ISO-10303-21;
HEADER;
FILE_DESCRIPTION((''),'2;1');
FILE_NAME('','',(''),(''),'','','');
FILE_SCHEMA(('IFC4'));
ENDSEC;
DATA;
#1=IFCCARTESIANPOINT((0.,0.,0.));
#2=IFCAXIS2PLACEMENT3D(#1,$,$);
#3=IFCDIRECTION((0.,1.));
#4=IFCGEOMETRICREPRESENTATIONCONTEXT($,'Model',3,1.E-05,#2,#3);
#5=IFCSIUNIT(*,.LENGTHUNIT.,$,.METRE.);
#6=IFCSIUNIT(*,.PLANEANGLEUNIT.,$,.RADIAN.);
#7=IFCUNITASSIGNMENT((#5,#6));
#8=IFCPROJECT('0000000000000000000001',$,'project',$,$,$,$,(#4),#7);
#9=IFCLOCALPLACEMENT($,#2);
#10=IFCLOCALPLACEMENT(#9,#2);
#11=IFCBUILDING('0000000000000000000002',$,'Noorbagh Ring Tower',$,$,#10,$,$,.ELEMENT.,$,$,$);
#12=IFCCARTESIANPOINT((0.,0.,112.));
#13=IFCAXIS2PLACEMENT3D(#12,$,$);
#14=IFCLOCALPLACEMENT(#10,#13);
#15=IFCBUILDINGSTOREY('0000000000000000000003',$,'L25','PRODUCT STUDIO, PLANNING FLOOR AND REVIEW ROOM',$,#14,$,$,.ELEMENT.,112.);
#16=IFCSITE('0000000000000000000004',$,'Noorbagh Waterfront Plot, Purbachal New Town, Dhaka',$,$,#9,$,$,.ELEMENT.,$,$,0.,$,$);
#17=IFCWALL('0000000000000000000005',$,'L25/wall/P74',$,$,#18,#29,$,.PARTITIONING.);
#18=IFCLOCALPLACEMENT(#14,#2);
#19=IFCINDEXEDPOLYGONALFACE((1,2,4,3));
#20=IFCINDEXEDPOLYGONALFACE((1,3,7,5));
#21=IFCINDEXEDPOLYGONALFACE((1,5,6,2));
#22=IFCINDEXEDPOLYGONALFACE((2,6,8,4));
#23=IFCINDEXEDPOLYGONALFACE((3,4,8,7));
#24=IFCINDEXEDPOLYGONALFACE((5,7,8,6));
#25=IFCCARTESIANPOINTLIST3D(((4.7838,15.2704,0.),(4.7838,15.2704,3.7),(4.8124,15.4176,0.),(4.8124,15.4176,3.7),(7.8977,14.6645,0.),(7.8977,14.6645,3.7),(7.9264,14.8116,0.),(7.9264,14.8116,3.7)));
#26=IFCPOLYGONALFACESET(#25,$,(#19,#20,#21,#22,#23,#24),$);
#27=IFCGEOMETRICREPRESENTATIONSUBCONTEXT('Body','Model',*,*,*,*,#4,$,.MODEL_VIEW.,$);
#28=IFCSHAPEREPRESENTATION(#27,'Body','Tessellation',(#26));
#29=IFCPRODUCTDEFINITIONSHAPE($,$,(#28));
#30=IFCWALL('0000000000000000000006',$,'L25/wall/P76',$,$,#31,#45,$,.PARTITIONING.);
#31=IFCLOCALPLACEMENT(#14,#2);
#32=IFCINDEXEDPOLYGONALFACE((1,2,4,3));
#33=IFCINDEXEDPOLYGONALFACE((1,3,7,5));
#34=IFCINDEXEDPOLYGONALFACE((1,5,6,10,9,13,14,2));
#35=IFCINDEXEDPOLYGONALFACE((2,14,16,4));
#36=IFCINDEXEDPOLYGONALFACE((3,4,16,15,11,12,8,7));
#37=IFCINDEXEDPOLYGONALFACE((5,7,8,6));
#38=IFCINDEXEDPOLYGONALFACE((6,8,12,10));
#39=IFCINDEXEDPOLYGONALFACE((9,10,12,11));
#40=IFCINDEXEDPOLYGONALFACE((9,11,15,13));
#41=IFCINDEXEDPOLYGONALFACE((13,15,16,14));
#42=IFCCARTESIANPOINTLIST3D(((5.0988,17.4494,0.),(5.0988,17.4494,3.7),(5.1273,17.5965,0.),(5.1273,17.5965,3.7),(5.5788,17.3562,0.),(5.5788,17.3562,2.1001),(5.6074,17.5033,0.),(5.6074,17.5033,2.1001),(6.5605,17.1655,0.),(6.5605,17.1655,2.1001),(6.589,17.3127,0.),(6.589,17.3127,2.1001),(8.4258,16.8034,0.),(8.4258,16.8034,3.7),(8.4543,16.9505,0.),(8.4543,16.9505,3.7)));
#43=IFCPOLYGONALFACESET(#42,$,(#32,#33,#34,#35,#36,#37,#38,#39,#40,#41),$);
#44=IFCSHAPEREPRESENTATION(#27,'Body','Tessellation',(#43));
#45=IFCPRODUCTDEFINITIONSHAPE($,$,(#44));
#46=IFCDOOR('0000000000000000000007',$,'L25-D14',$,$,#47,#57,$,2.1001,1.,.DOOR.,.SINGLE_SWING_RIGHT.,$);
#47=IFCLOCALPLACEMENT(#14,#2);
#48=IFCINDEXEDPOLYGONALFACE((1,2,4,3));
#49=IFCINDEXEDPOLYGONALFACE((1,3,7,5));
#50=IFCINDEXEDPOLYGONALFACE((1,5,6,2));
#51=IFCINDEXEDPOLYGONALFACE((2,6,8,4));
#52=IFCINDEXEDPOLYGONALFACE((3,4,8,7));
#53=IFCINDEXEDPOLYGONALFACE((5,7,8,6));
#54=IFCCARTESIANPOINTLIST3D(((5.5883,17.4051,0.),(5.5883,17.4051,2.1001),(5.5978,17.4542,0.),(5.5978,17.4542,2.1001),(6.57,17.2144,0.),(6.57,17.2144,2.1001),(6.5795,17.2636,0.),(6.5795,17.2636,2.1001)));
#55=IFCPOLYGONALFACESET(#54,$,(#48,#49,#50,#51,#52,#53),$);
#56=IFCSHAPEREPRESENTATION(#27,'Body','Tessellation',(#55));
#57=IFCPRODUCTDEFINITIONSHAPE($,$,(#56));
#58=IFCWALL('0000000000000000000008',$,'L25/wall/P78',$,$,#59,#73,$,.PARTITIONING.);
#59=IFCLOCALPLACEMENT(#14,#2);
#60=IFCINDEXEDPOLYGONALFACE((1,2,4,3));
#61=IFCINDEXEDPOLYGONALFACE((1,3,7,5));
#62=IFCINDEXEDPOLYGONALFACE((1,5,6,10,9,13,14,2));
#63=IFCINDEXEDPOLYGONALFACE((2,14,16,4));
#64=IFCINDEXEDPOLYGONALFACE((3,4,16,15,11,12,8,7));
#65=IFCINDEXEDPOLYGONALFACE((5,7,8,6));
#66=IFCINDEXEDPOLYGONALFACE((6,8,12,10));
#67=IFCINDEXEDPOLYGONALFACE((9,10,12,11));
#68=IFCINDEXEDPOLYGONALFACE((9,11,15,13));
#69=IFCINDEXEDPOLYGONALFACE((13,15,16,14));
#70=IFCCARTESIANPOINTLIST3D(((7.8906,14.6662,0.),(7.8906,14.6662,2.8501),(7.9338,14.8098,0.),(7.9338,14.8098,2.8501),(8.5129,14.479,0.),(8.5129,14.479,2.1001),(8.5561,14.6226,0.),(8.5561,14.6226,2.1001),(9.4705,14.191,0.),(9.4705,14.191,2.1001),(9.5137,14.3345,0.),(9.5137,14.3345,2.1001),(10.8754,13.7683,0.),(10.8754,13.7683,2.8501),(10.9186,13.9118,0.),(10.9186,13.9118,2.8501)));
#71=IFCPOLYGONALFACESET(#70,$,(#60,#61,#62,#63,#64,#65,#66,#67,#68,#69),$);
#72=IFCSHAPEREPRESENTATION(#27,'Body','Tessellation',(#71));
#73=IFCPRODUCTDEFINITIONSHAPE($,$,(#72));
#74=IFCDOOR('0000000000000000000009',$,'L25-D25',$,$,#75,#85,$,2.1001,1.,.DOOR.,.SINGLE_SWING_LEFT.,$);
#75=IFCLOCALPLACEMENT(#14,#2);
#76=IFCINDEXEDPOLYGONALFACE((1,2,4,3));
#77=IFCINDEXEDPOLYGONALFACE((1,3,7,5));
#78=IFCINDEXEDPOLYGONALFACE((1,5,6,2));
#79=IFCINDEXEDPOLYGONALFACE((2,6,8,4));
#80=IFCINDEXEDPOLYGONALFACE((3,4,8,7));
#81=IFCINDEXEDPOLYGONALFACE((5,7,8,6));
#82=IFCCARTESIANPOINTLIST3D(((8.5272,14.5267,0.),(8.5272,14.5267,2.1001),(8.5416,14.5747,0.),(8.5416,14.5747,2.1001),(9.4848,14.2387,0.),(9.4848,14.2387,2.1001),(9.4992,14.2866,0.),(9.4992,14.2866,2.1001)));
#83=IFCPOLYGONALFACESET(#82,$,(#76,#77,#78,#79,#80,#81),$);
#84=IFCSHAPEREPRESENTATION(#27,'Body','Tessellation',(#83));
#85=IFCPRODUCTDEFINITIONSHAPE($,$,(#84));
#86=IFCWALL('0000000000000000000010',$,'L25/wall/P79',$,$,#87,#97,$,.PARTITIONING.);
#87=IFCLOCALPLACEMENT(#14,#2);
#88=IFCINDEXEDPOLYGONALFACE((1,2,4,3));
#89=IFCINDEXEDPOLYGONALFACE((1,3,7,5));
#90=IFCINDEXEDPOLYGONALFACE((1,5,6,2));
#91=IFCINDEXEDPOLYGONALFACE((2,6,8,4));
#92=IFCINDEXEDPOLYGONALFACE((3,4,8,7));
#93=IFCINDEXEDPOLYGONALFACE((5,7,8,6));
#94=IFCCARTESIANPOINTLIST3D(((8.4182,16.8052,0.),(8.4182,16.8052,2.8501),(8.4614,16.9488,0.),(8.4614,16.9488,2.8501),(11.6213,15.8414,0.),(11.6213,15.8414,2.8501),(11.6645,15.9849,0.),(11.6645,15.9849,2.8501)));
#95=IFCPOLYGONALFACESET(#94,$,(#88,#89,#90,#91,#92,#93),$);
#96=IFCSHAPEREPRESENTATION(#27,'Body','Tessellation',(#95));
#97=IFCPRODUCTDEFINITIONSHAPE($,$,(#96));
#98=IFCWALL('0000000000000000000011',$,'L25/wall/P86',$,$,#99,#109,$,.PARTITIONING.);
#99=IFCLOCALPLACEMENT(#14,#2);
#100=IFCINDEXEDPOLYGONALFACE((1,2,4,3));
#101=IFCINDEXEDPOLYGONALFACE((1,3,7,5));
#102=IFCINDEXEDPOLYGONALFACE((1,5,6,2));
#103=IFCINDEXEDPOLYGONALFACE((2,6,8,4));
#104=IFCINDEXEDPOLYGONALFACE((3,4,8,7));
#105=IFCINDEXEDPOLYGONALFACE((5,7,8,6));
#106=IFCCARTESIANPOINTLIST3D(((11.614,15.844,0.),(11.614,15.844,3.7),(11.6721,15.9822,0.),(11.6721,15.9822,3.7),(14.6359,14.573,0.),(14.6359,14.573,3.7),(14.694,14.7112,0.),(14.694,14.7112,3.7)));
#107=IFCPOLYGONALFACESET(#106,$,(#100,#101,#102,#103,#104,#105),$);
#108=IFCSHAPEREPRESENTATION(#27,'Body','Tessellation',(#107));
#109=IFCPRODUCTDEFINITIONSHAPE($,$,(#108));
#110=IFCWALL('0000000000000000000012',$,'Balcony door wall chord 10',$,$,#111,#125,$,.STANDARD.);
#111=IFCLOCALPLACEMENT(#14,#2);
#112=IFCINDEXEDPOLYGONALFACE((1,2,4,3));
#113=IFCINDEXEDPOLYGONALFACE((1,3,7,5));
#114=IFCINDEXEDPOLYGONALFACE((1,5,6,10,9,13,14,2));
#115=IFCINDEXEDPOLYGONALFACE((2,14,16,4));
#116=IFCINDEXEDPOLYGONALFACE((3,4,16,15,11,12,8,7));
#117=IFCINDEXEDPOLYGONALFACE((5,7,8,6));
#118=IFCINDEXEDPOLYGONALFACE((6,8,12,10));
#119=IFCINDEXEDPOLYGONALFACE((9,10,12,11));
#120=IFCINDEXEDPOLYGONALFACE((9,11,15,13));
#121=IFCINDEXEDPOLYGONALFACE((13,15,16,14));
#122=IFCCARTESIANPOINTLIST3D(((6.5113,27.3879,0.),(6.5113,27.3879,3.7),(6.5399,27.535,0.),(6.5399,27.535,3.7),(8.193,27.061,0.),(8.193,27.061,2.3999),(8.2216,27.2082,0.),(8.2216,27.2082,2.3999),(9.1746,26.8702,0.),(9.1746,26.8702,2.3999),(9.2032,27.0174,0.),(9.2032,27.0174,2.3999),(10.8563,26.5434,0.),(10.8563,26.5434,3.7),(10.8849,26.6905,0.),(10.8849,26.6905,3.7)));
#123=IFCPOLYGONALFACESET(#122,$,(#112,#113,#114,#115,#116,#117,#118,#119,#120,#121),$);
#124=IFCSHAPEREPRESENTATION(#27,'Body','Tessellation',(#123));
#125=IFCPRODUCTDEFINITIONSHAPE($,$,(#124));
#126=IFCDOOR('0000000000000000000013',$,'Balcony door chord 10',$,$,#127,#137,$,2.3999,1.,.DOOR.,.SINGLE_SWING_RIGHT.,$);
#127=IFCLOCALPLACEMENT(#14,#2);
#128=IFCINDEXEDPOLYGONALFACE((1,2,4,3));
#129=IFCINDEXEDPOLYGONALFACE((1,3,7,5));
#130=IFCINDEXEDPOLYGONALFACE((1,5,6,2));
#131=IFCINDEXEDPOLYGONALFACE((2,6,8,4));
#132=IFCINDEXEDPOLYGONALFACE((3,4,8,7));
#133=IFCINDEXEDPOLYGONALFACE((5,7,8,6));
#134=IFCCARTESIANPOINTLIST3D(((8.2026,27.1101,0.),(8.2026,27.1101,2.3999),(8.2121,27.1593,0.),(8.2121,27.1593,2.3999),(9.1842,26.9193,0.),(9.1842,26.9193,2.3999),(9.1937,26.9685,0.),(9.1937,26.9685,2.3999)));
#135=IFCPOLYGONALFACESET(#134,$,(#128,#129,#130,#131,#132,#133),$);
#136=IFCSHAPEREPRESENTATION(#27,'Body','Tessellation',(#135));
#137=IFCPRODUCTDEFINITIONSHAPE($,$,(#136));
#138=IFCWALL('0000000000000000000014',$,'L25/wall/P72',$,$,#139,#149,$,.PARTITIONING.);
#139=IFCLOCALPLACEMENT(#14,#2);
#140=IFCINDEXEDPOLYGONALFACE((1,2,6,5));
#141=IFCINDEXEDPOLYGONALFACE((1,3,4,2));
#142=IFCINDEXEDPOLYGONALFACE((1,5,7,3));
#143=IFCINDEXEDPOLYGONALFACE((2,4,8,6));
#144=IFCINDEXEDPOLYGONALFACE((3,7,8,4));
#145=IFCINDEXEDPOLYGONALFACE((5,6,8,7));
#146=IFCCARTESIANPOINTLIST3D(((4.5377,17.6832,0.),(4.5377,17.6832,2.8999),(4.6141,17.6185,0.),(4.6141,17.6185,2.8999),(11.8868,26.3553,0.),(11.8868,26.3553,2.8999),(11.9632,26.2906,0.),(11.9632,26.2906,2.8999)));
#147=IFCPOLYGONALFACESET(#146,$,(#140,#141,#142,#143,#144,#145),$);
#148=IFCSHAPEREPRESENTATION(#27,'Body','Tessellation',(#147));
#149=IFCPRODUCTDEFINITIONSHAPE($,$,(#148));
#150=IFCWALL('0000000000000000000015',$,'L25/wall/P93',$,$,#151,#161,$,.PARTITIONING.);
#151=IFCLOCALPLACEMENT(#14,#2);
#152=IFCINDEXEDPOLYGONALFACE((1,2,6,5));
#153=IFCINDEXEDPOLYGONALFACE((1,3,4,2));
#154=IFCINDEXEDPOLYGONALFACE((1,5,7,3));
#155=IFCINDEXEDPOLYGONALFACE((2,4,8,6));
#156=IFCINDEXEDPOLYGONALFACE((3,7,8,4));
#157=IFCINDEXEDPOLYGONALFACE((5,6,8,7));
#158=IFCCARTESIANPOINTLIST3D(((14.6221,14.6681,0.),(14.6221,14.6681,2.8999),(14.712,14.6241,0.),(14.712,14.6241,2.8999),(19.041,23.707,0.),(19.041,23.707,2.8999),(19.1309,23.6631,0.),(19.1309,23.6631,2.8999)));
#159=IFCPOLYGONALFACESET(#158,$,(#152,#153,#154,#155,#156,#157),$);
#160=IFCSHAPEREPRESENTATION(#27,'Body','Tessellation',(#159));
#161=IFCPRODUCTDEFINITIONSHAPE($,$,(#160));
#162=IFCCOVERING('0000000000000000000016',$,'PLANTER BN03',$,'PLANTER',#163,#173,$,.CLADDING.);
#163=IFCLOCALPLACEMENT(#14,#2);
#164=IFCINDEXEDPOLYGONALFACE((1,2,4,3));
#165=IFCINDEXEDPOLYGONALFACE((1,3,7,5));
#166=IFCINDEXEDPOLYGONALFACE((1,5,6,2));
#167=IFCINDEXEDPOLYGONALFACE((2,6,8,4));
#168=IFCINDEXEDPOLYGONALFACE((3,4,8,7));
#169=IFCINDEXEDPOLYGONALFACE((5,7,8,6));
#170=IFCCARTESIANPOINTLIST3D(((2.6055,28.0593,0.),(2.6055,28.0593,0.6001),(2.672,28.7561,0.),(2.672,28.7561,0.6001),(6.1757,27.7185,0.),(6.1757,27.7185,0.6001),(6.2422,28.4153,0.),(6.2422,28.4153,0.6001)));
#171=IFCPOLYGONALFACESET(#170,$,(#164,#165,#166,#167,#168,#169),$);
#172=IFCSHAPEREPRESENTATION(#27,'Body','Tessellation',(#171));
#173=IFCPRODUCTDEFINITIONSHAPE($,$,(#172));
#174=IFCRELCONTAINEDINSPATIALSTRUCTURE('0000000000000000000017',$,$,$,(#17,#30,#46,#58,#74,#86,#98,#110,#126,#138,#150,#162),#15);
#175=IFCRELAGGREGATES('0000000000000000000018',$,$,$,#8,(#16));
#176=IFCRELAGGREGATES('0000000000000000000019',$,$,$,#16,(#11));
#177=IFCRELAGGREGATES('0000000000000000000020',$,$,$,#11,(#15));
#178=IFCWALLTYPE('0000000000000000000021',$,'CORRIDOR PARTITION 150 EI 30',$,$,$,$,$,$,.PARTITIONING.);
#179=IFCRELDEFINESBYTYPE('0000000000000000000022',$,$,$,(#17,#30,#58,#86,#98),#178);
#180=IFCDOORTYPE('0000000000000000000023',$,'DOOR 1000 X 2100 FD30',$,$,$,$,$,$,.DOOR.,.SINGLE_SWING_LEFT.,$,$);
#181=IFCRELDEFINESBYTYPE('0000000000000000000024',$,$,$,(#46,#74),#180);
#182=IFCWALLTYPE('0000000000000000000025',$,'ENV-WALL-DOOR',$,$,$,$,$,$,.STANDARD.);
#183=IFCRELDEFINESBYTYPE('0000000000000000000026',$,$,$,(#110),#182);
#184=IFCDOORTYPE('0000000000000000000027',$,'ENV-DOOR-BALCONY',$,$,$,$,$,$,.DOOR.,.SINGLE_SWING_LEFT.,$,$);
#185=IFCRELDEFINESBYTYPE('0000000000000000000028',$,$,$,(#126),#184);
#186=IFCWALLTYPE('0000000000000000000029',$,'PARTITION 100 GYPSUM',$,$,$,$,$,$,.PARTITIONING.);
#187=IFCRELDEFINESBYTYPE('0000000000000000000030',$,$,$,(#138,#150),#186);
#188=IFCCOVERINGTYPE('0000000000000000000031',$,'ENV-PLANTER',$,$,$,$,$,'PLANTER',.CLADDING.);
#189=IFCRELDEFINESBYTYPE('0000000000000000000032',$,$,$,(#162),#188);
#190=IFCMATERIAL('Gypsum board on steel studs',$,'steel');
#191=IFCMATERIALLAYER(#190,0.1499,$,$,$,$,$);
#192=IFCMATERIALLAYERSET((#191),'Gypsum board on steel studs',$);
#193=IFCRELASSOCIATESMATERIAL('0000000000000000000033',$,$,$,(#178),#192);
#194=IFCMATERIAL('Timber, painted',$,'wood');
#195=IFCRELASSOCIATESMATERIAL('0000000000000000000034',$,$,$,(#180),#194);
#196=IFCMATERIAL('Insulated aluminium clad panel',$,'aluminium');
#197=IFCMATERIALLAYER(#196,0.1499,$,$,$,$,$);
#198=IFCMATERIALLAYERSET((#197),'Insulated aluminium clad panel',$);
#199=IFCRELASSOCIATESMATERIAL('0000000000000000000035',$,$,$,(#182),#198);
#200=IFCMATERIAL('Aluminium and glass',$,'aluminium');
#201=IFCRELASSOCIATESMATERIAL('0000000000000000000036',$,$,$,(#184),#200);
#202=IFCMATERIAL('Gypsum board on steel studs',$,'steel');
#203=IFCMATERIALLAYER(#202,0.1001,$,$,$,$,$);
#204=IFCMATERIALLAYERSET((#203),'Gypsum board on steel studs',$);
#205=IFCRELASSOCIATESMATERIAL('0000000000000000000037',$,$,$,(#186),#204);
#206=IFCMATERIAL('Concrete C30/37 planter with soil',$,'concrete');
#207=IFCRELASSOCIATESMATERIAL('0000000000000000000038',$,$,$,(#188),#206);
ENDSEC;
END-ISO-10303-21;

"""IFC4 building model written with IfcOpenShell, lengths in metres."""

from ifc_helpers import new_model, si_unit, direction, frame, frame_2d, origin, origin_2d, place, context, subcontext, project, spatial, rectangle, extrude, material, layer, layer_set, type_object, element, fill, save


model = new_model("IFC4")

# Units and contexts
model_context = context("Model", 3, precision=1e-05, world=origin(), true_north=direction((0.0, 1.0)))
body_context = subcontext(model_context, "Body", "Model", "MODEL_VIEW")
ifc_project = project(units=[si_unit("LENGTHUNIT", "METRE"), si_unit("PLANEANGLEUNIT", "RADIAN")], contexts=[model_context])

# Site, building, storey
site_placement = place(None, origin())
site = spatial("IfcSite", under=ifc_project, at=site_placement, Name="Noorbagh Waterfront Plot, Purbachal New Town, Dhaka", CompositionType="ELEMENT", RefElevation=0.0)
building_placement = place(site_placement, origin())
building = spatial("IfcBuilding", under=site, at=building_placement, Name="Noorbagh Ring Tower", CompositionType="ELEMENT")
storey_placement = place(building_placement, frame((0.0, 0.0, 112.0)))
storey = spatial("IfcBuildingStorey", under=building, at=storey_placement, Name="L25", Description="PRODUCT STUDIO, PLANNING FLOOR AND REVIEW ROOM", CompositionType="ELEMENT", Elevation=112.0)

# Wall
ifc_material_1 = material(Name="Gypsum board on steel studs", Category="steel")
ifc_layer_1 = layer(ifc_material_1, 0.1499)
ifc_layer_set_1 = layer_set([ifc_layer_1], Name="Gypsum board on steel studs")
wall_type_1 = type_object("IfcWallType", Name="CORRIDOR PARTITION 150 EI 30", PredefinedType="PARTITIONING", material=ifc_layer_set_1)
wall_1_placement = place(storey_placement, frame((4.7981, 15.344, 0.0), z_axis=(0.0, 0.0, 1.0), x_axis=(0.981589, -0.191008, 0.0)))
element("IfcWall", 1, at=wall_1_placement, inside=storey, type_object=wall_type_1, Name="L25/wall/P74", PredefinedType="PARTITIONING", context=body_context, shape_type="SweptSolid", body=[
    extrude(rectangle(XDim=3.1724, YDim=0.1499, at=frame_2d((1.5862, 0.0))), origin(), (0.0, 0.0, 1.0), 3.7),
])

# Walls, openings, doors
wall_2_placement = place(storey_placement, frame((5.113, 17.5229, 0.0), z_axis=(0.0, 0.0, 1.0), x_axis=(0.981665, -0.190613, 0.0)))
wall_2 = element("IfcWall", 2, at=wall_2_placement, inside=storey, type_object=wall_type_1, Name="L25/wall/P76", PredefinedType="PARTITIONING", context=body_context, shape_type="SweptSolid", body=[
    extrude(rectangle(XDim=3.3892, YDim=0.1499, at=frame_2d((1.6946, 0.0))), origin(), (0.0, 0.0, 1.0), 3.7),
])
opening_1_placement = place(wall_2_placement, frame((0.489, 0.0, 0.0)))
opening_1 = element("IfcOpeningElement", 3, at=opening_1_placement, cuts=wall_2, PredefinedType="OPENING", context=body_context, shape_type="SweptSolid", body=[
    extrude(rectangle(XDim=1.0, YDim=2.1001, at=frame_2d((0.5, 1.05))), frame((0.0, 0.085, 0.0), z_axis=(0.0, -1.0, 0.0), x_axis=(1.0, 0.0, 0.0)), (0.0, 0.0, 1.0), 0.1699),
])
ifc_material_2 = material(Name="Timber, painted", Category="wood")
door_type_1 = type_object("IfcDoorType", Name="DOOR 1000 X 2100 FD30", OperationType="SINGLE_SWING_LEFT", PredefinedType="DOOR", material=ifc_material_2)
door_1_placement = place(opening_1_placement, origin())
door_1 = element("IfcDoor", 4, at=door_1_placement, inside=storey, type_object=door_type_1, Name="L25-D14", OperationType="SINGLE_SWING_RIGHT", OverallHeight=2.1001, OverallWidth=1.0, PredefinedType="DOOR", context=body_context, shape_type="SweptSolid", body=[
    extrude(rectangle(XDim=1.0, YDim=2.1001, at=frame_2d((0.5, 1.05))), frame((0.0, 0.0249, 0.0), z_axis=(0.0, -1.0, 0.0), x_axis=(1.0, 0.0, 0.0)), (0.0, 0.0, 1.0), 0.05),
])
fill(opening_1, door_1)
wall_3_placement = place(storey_placement, frame((7.9121, 14.738, 0.0), z_axis=(0.0, 0.0, 1.0), x_axis=(0.957606, -0.288081, 0.0)))
wall_3 = element("IfcWall", 5, at=wall_3_placement, inside=storey, type_object=wall_type_1, Name="L25/wall/P78", PredefinedType="PARTITIONING", context=body_context, shape_type="SweptSolid", body=[
    extrude(rectangle(XDim=3.1169, YDim=0.1499, at=frame_2d((1.5586, 0.0))), origin(), (0.0, 0.0, 1.0), 2.8501),
])
opening_2_placement = place(wall_3_placement, frame((0.6499, 0.0, 0.0)))
opening_2 = element("IfcOpeningElement", 6, at=opening_2_placement, cuts=wall_3, PredefinedType="OPENING", context=body_context, shape_type="SweptSolid", body=[
    extrude(rectangle(XDim=1.0, YDim=2.1001, at=frame_2d((0.5, 1.05))), frame((0.0, 0.085, 0.0), z_axis=(0.0, -1.0, 0.0), x_axis=(1.0, 0.0, 0.0)), (0.0, 0.0, 1.0), 0.1699),
])
door_2_placement = place(opening_2_placement, origin())
door_2 = element("IfcDoor", 7, at=door_2_placement, inside=storey, type_object=door_type_1, Name="L25-D25", OperationType="SINGLE_SWING_LEFT", OverallHeight=2.1001, OverallWidth=1.0, PredefinedType="DOOR", context=body_context, shape_type="SweptSolid", body=[
    extrude(rectangle(XDim=1.0, YDim=2.1001, at=frame_2d((0.5, 1.05))), frame((0.0, 0.0249, 0.0), z_axis=(0.0, -1.0, 0.0), x_axis=(1.0, 0.0, 0.0)), (0.0, 0.0, 1.0), 0.05),
])
fill(opening_2, door_2)

# Walls
wall_4_placement = place(storey_placement, frame((8.4399, 16.877, 0.0), z_axis=(0.0, 0.0, 1.0), x_axis=(0.957585, -0.288151, 0.0)))
element("IfcWall", 8, at=wall_4_placement, inside=storey, type_object=wall_type_1, Name="L25/wall/P79", PredefinedType="PARTITIONING", context=body_context, shape_type="SweptSolid", body=[
    extrude(rectangle(XDim=3.345, YDim=0.1499, at=frame_2d((1.6724, 0.0))), origin(), (0.0, 0.0, 1.0), 2.8501),
])
wall_5_placement = place(storey_placement, frame((11.6431, 15.9131, 0.0), z_axis=(0.0, 0.0, 1.0), x_axis=(0.921789, -0.387691, 0.0)))
element("IfcWall", 9, at=wall_5_placement, inside=storey, type_object=wall_type_1, Name="L25/wall/P86", PredefinedType="PARTITIONING", context=body_context, shape_type="SweptSolid", body=[
    extrude(rectangle(XDim=3.2783, YDim=0.1499, at=frame_2d((1.6392, 0.0))), origin(), (0.0, 0.0, 1.0), 3.7),
])

# Wall, opening, door
ifc_material_3 = material(Name="Insulated aluminium clad panel", Category="aluminium")
ifc_layer_2 = layer(ifc_material_3, 0.1499)
ifc_layer_set_2 = layer_set([ifc_layer_2], Name="Insulated aluminium clad panel")
wall_type_2 = type_object("IfcWallType", Name="ENV-WALL-DOOR", PredefinedType="STANDARD", material=ifc_layer_set_2)
wall_6_placement = place(storey_placement, frame((10.8706, 26.6169, 0.0), z_axis=(0.0, 0.0, 1.0), x_axis=(-0.981631, 0.190788, 0.0)))
wall_6 = element("IfcWall", 10, at=wall_6_placement, inside=storey, type_object=wall_type_2, Name="Balcony door wall chord 10", PredefinedType="STANDARD", context=body_context, shape_type="SweptSolid", body=[
    extrude(rectangle(XDim=4.4263, YDim=0.1499, at=frame_2d((2.2131, 0.0))), origin(), (0.0, 0.0, 1.0), 3.7),
])
opening_3_placement = place(wall_6_placement, frame((1.7131, 0.0, 0.0)))
opening_3 = element("IfcOpeningElement", 11, at=opening_3_placement, cuts=wall_6, PredefinedType="OPENING", context=body_context, shape_type="SweptSolid", body=[
    extrude(rectangle(XDim=1.0, YDim=2.3999, at=frame_2d((0.5, 1.2))), frame((0.0, 0.085, 0.0), z_axis=(0.0, -1.0, 0.0), x_axis=(1.0, 0.0, 0.0)), (0.0, 0.0, 1.0), 0.1699),
])
ifc_material_4 = material(Name="Aluminium and glass", Category="aluminium")
door_type_2 = type_object("IfcDoorType", Name="ENV-DOOR-BALCONY", OperationType="SINGLE_SWING_LEFT", PredefinedType="DOOR", material=ifc_material_4)
door_3_placement = place(opening_3_placement, origin())
door_3 = element("IfcDoor", 12, at=door_3_placement, inside=storey, type_object=door_type_2, Name="Balcony door chord 10", OperationType="SINGLE_SWING_RIGHT", OverallHeight=2.3999, OverallWidth=1.0, PredefinedType="DOOR", context=body_context, shape_type="SweptSolid", body=[
    extrude(rectangle(XDim=1.0, YDim=2.3999, at=frame_2d((0.5, 1.2))), frame((0.0, 0.0249, 0.0), z_axis=(0.0, -1.0, 0.0), x_axis=(1.0, 0.0, 0.0)), (0.0, 0.0, 1.0), 0.05),
])
fill(opening_3, door_3)

# Walls
ifc_material_5 = material(Name="Gypsum board on steel studs", Category="steel")
ifc_layer_3 = layer(ifc_material_5, 0.1001)
ifc_layer_set_3 = layer_set([ifc_layer_3], Name="Gypsum board on steel studs")
wall_type_3 = type_object("IfcWallType", Name="PARTITION 100 GYPSUM", PredefinedType="PARTITIONING", material=ifc_layer_set_3)
wall_7_placement = place(storey_placement, frame((4.5759, 17.6509, 0.0), z_axis=(0.0, 0.0, 1.0), x_axis=(0.646515, 0.762901, 0.0)))
element("IfcWall", 13, at=wall_7_placement, inside=storey, type_object=wall_type_3, Name="L25/wall/P72", PredefinedType="PARTITIONING", context=body_context, shape_type="SweptSolid", body=[
    extrude(rectangle(XDim=11.3672, YDim=0.1001, at=frame_2d((5.6836, 0.0))), origin(), (0.0, 0.0, 1.0), 2.8999),
])
wall_8_placement = place(storey_placement, frame((14.667, 14.646, 0.0), z_axis=(0.0, 0.0, 1.0), x_axis=(0.439198, 0.89839, 0.0)))
element("IfcWall", 14, at=wall_8_placement, inside=storey, type_object=wall_type_3, Name="L25/wall/P93", PredefinedType="PARTITIONING", context=body_context, shape_type="SweptSolid", body=[
    extrude(rectangle(XDim=10.0613, YDim=0.1001, at=frame_2d((5.0308, 0.0))), origin(), (0.0, 0.0, 1.0), 2.8999),
])

# Covering
ifc_material_6 = material(Name="Concrete C30/37 planter with soil", Category="concrete")
covering_type = type_object("IfcCoveringType", Name="ENV-PLANTER", ElementType="PLANTER", PredefinedType="CLADDING", material=ifc_material_6)
covering_placement = place(storey_placement, frame((4.4238, 28.2373, 0.0), z_axis=(0.0, 0.0, 1.0), x_axis=(-0.995476, 0.095008, 0.0)))
element("IfcCovering", 15, at=covering_placement, inside=storey, type_object=covering_type, Name="PLANTER BN03", ObjectType="PLANTER", PredefinedType="CLADDING", context=body_context, shape_type="SweptSolid", body=[
    extrude(rectangle(XDim=3.5864, YDim=0.7, at=origin_2d()), origin(), (0.0, 0.0, 1.0), 0.6001),
])

save(model, "model.ifc")
